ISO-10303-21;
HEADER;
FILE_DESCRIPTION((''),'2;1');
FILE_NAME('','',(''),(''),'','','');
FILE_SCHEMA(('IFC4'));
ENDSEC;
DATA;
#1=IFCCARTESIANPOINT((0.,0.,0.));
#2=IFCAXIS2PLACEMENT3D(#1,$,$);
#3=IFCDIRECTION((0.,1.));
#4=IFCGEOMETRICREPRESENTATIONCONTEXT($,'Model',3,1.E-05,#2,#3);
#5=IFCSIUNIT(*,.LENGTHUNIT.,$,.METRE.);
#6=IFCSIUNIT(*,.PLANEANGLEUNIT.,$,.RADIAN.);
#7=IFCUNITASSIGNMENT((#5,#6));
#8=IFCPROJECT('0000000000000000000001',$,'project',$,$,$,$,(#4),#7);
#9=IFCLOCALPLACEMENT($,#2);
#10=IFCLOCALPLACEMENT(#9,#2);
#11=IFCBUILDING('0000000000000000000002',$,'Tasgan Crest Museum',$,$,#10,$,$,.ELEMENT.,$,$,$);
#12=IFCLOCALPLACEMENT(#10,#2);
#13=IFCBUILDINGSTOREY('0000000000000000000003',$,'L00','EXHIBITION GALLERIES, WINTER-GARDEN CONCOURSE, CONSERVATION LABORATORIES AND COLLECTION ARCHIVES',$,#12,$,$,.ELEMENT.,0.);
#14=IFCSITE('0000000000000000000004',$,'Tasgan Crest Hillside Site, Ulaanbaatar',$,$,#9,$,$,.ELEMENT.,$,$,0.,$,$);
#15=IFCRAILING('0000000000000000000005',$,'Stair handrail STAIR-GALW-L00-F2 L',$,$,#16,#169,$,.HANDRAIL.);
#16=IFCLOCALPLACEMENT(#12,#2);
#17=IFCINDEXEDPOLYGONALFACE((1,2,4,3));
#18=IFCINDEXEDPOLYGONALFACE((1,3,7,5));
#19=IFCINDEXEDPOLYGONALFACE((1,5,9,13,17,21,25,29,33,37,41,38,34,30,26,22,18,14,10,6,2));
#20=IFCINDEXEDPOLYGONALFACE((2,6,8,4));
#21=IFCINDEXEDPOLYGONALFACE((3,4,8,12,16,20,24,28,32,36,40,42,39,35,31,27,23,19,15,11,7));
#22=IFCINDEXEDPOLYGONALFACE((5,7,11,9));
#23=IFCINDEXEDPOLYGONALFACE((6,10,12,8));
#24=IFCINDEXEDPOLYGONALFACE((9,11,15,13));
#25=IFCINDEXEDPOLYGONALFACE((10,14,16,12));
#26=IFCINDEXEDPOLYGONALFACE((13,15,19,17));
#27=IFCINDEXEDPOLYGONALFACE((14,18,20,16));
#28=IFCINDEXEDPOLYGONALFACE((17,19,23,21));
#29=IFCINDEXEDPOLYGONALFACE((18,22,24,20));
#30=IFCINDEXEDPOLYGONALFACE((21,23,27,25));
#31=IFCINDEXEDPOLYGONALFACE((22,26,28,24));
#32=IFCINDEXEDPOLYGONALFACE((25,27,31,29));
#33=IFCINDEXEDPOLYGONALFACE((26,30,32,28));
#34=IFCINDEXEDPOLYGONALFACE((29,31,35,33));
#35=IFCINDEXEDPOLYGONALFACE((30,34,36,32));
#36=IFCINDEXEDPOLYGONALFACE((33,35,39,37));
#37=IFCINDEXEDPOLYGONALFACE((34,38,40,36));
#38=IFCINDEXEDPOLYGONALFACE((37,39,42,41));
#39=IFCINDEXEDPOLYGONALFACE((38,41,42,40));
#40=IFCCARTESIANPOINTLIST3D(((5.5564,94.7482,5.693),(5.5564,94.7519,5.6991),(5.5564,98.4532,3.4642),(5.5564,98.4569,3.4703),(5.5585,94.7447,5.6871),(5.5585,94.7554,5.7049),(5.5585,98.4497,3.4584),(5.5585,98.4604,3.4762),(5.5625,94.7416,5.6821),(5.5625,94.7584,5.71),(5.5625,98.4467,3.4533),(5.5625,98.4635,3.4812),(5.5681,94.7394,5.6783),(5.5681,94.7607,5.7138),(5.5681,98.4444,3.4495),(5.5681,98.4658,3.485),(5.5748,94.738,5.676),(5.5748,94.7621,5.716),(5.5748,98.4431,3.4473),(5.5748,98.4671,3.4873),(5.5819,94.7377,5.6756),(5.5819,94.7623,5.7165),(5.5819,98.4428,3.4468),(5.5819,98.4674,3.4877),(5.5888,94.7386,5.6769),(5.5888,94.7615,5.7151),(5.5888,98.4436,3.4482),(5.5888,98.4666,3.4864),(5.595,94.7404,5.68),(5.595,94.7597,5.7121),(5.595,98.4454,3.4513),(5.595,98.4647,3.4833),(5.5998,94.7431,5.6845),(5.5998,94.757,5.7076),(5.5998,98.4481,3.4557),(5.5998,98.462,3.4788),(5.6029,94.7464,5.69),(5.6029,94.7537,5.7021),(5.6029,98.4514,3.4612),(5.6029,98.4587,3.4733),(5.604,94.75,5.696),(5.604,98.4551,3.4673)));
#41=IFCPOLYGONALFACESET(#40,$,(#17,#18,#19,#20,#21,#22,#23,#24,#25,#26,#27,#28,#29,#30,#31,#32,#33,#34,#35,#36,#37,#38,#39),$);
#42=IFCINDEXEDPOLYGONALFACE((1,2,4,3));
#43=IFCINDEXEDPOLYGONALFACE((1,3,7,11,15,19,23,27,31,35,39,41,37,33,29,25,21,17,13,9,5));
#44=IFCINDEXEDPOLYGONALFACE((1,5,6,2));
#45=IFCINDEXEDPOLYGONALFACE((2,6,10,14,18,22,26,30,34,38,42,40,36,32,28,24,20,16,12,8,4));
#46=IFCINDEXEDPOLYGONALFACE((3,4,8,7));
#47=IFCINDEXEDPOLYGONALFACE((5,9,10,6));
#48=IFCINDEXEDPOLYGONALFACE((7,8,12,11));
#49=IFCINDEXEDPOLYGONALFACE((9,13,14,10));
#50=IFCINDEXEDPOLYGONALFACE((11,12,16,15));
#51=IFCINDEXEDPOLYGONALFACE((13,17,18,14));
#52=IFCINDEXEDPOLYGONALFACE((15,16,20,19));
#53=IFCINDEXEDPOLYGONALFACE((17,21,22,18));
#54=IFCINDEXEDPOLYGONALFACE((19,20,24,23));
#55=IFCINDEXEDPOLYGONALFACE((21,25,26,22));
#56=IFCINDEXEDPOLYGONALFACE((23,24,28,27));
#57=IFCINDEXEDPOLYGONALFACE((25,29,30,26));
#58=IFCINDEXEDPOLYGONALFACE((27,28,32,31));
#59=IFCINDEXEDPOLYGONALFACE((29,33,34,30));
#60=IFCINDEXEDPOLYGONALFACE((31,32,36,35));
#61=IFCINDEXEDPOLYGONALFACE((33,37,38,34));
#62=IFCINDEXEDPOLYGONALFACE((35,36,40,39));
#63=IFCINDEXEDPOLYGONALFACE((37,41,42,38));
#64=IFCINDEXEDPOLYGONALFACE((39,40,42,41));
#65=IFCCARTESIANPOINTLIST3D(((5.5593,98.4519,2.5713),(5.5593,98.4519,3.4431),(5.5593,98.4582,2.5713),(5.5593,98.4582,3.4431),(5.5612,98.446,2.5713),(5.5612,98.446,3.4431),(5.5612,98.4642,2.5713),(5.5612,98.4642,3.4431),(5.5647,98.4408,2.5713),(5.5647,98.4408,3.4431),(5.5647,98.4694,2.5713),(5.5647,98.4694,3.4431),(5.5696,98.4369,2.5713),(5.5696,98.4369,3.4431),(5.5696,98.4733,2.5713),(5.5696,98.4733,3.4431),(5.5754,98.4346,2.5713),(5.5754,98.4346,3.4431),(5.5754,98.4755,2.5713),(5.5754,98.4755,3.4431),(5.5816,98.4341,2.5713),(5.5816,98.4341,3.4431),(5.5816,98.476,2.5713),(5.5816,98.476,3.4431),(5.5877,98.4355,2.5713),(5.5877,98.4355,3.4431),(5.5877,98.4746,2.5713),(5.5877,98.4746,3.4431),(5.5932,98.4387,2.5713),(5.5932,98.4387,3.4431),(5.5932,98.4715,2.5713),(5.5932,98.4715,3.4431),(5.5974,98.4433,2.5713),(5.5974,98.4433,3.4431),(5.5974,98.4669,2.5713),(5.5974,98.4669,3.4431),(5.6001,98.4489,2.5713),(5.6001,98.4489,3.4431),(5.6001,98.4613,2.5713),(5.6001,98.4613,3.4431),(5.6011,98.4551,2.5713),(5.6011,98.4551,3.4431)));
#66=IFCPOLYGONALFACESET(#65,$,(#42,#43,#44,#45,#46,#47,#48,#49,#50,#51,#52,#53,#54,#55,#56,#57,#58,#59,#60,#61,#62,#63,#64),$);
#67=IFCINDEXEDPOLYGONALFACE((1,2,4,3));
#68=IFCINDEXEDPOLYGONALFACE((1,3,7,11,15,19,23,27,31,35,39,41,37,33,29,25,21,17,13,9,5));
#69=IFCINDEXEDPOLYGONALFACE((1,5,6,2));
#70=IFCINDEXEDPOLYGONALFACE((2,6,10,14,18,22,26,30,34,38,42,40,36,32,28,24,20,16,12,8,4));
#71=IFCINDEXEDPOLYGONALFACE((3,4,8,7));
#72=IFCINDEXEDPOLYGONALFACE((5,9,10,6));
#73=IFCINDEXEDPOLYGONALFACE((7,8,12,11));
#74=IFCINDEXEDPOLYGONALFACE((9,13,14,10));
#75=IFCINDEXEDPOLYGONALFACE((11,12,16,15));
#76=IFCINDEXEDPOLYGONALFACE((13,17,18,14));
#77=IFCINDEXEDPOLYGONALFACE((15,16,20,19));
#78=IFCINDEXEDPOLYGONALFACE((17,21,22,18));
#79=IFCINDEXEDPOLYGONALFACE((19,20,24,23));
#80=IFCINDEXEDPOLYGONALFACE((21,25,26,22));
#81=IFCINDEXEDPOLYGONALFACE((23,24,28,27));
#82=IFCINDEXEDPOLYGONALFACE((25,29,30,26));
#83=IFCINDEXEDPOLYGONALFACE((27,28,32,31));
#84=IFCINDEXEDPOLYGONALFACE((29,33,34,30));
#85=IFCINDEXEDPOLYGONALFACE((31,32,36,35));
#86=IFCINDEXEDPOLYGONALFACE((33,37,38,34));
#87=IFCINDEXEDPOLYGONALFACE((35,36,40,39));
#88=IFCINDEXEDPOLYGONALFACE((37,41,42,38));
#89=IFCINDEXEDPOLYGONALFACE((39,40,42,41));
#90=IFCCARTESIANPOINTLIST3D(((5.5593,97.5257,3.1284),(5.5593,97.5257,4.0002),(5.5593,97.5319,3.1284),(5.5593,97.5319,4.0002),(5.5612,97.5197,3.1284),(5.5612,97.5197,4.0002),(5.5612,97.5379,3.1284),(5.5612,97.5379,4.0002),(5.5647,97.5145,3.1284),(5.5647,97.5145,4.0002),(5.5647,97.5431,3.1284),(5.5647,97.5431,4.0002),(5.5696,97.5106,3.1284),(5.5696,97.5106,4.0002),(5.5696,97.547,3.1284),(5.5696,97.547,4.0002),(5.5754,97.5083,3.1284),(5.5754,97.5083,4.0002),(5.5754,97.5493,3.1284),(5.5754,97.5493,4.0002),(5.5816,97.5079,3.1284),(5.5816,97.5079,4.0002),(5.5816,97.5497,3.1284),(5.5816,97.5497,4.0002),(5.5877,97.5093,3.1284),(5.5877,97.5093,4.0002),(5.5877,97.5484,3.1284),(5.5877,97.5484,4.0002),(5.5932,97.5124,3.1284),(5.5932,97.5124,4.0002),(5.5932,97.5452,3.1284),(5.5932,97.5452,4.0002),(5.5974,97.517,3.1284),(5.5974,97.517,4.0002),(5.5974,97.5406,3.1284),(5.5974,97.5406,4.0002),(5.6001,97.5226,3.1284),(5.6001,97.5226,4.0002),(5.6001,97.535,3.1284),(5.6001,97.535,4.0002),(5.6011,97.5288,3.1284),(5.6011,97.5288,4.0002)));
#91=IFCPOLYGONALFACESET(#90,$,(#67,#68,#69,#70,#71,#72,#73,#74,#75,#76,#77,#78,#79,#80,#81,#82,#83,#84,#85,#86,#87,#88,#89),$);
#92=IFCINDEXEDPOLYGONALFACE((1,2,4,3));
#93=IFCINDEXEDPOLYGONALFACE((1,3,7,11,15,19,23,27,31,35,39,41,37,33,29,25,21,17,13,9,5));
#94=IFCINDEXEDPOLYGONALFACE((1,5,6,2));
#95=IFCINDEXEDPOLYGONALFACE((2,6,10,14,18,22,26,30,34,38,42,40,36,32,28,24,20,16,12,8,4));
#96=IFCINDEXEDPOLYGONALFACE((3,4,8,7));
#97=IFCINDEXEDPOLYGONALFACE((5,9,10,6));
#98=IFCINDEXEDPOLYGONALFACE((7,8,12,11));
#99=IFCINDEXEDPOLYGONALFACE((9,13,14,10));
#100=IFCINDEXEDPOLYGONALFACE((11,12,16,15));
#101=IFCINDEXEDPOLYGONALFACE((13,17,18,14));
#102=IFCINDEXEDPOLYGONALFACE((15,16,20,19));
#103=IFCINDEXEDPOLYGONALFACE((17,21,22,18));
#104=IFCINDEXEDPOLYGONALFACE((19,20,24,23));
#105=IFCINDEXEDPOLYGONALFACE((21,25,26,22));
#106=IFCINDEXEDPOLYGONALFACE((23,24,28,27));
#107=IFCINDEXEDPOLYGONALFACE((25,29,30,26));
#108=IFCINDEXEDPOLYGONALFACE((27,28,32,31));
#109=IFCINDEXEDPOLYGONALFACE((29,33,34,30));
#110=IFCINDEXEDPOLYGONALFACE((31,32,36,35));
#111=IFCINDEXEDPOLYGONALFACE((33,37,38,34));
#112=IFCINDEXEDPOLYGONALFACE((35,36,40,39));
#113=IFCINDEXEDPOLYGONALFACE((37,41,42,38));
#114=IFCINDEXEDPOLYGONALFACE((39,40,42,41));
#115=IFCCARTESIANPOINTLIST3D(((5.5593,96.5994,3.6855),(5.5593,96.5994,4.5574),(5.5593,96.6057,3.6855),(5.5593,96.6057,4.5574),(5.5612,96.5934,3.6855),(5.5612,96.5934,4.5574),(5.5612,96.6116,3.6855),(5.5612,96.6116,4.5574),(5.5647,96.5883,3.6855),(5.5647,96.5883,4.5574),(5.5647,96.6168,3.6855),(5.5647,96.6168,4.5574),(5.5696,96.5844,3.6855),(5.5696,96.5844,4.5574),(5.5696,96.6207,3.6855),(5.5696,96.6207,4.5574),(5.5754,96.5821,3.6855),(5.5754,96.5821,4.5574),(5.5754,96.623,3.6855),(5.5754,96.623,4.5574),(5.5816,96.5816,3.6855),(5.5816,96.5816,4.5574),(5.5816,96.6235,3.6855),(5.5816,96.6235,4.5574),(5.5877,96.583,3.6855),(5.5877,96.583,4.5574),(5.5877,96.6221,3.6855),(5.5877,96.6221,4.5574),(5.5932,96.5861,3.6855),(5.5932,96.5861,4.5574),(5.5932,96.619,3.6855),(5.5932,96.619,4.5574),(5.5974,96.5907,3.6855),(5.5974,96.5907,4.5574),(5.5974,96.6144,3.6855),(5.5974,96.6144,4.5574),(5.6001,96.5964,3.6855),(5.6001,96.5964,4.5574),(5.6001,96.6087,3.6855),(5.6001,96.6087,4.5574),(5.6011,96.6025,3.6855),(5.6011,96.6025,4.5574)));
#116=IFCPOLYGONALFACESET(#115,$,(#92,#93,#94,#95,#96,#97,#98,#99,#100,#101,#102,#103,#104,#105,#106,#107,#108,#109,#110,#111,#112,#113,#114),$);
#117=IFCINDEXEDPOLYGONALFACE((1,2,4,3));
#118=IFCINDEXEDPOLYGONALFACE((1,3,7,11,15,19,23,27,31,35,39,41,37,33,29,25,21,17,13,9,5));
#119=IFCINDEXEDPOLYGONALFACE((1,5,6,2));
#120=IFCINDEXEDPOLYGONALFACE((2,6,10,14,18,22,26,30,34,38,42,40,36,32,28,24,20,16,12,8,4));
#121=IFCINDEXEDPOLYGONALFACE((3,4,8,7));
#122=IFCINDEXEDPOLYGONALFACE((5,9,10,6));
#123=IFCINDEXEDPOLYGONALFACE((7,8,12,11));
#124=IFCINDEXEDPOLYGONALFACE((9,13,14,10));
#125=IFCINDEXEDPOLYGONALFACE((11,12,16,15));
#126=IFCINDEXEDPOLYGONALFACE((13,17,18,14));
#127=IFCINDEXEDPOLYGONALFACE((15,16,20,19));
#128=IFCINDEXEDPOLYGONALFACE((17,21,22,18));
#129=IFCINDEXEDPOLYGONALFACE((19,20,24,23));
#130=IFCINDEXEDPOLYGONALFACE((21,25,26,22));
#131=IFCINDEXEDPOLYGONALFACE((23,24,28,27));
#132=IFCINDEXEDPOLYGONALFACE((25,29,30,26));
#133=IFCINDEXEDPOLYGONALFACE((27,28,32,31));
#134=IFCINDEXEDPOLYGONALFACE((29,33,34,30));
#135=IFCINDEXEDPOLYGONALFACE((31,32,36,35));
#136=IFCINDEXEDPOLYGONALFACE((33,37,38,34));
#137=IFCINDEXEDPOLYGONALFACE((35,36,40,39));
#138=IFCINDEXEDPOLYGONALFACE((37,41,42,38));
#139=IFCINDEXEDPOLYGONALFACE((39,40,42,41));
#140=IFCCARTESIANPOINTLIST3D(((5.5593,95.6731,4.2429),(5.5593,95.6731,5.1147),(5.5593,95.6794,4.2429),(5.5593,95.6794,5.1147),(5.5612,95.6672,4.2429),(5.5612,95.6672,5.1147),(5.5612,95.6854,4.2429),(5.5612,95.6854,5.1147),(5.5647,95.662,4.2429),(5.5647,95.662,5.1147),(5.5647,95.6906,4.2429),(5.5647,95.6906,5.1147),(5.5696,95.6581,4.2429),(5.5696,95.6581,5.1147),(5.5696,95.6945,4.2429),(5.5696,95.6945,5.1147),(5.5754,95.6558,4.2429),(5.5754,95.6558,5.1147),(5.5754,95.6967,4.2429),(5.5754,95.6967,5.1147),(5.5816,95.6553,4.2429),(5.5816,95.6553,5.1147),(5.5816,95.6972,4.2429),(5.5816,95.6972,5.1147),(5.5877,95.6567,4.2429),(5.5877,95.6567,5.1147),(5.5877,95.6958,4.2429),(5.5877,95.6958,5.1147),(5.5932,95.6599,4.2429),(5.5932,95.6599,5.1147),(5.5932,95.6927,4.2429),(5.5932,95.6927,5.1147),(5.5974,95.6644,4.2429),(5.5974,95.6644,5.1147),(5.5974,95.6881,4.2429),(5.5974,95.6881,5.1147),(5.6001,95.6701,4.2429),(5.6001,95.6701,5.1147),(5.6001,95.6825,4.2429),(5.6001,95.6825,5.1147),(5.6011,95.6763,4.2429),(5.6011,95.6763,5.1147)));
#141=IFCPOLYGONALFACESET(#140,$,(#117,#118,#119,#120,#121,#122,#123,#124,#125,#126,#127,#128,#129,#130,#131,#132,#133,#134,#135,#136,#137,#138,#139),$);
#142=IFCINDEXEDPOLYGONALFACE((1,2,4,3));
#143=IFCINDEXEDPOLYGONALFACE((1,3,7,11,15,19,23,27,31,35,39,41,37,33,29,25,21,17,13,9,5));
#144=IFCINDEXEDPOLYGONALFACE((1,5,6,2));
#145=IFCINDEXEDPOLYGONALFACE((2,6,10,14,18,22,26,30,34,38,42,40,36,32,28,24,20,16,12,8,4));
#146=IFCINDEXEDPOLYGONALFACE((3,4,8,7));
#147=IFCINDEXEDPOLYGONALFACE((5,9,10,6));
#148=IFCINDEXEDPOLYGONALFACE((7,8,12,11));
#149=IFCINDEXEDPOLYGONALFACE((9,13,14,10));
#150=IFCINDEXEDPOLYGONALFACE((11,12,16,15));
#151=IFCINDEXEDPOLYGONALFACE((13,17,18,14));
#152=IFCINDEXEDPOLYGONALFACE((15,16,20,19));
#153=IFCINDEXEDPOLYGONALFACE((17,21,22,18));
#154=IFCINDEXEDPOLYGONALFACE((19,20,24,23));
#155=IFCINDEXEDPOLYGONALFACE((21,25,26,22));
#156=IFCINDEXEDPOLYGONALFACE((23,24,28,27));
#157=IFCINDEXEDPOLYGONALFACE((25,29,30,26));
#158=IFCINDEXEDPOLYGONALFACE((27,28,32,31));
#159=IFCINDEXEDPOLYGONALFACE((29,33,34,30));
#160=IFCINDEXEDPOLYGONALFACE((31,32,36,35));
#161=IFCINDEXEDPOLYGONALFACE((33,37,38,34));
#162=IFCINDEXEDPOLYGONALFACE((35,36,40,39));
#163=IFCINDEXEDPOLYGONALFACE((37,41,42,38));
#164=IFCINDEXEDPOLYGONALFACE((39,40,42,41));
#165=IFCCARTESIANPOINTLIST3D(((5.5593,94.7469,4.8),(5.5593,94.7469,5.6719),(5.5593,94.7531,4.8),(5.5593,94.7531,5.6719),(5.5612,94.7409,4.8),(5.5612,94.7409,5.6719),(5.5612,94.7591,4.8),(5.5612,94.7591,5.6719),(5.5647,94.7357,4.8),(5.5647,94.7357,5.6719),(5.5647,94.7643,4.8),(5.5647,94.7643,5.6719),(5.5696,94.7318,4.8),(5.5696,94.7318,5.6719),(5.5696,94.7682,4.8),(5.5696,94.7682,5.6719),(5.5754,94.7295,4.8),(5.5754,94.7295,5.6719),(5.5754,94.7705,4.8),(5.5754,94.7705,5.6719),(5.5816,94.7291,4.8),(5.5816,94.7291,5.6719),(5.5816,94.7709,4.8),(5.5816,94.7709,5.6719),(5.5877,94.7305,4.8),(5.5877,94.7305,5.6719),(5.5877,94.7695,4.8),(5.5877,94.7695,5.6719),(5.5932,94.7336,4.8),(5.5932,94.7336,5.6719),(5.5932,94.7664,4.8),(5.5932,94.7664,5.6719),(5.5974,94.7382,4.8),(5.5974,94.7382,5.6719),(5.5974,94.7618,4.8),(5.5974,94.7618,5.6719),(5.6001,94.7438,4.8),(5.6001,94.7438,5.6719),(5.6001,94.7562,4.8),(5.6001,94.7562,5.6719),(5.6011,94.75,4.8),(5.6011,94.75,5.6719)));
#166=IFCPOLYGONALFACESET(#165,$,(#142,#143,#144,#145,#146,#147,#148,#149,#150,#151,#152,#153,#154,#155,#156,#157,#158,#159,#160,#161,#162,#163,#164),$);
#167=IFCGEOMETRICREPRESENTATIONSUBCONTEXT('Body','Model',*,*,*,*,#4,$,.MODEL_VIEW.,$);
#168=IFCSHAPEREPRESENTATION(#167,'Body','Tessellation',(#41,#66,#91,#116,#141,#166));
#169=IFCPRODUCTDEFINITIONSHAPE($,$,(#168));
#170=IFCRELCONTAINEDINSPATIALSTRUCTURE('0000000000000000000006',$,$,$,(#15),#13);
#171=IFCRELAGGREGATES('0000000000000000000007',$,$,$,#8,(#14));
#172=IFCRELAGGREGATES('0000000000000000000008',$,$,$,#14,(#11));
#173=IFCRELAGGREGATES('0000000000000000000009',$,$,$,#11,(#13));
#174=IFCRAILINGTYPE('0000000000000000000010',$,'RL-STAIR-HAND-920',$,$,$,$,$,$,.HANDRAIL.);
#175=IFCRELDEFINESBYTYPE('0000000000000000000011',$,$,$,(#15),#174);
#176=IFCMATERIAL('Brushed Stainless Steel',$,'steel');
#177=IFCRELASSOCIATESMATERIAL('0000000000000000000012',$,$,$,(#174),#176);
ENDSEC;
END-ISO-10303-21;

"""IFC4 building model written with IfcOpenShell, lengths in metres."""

from ifc_helpers import new_model, si_unit, direction, frame, origin, origin_2d, place, context, subcontext, project, spatial, circle, extrude, material, type_object, element, save


model = new_model("IFC4")

# Units and contexts
model_context = context("Model", 3, precision=1e-05, world=origin(), true_north=direction((0.0, 1.0)))
body_context = subcontext(model_context, "Body", "Model", "MODEL_VIEW")
ifc_project = project(units=[si_unit("LENGTHUNIT", "METRE"), si_unit("PLANEANGLEUNIT", "RADIAN")], contexts=[model_context])

# Site, building, storey
site_placement = place(None, origin())
site = spatial("IfcSite", under=ifc_project, at=site_placement, Name="Tasgan Crest Hillside Site, Ulaanbaatar", CompositionType="ELEMENT", RefElevation=0.0)
building_placement = place(site_placement, origin())
building = spatial("IfcBuilding", under=site, at=building_placement, Name="Tasgan Crest Museum", CompositionType="ELEMENT")
storey_placement = place(building_placement, origin())
storey = spatial("IfcBuildingStorey", under=building, at=storey_placement, Name="L00", Description="EXHIBITION GALLERIES, WINTER-GARDEN CONCOURSE, CONSERVATION LABORATORIES AND COLLECTION ARCHIVES", CompositionType="ELEMENT", Elevation=0.0)

# Railing
ifc_material_1 = material(Name="Brushed Stainless Steel", Category="steel")
railing_type_1 = type_object("IfcRailingType", Name="RL-STAIR-HAND-920", PredefinedType="HANDRAIL", material=ifc_material_1)
for number, where, name in (
    (1, (5.5801, 98.4551, 2.5713), "Stair handrail STAIR-GALW-L00-F2 L"),
):
    element("IfcRailing", number, at=place(storey_placement, frame(where)), inside=storey, type_object=railing_type_1, Name=name, PredefinedType="HANDRAIL", context=body_context, shape_type="SweptSolid", body=[
        extrude(circle(Radius=0.0239, at=origin_2d()), frame((0.0, 0.0, 0.896), z_axis=(0.0, -0.856909, 0.515467), x_axis=(1.0, 0.0, 0.0)), (0.0, 0.0, 1.0), 4.3237),
        extrude(circle(Radius=0.021, at=origin_2d()), origin(), (0.0, 0.0, 1.0), 0.8718),
        extrude(circle(Radius=0.021, at=origin_2d()), frame((0.0, -0.9263, 0.5571)), (0.0, 0.0, 1.0), 0.8718),
        extrude(circle(Radius=0.021, at=origin_2d()), frame((0.0, -1.8525, 1.1143)), (0.0, 0.0, 1.0), 0.8718),
        extrude(circle(Radius=0.021, at=origin_2d()), frame((0.0, -2.7788, 1.6716)), (0.0, 0.0, 1.0), 0.8718),
        extrude(circle(Radius=0.021, at=origin_2d()), frame((0.0, -3.7051, 2.2288)), (0.0, 0.0, 1.0), 0.8718),
    ])

save(model, "model.ifc")
